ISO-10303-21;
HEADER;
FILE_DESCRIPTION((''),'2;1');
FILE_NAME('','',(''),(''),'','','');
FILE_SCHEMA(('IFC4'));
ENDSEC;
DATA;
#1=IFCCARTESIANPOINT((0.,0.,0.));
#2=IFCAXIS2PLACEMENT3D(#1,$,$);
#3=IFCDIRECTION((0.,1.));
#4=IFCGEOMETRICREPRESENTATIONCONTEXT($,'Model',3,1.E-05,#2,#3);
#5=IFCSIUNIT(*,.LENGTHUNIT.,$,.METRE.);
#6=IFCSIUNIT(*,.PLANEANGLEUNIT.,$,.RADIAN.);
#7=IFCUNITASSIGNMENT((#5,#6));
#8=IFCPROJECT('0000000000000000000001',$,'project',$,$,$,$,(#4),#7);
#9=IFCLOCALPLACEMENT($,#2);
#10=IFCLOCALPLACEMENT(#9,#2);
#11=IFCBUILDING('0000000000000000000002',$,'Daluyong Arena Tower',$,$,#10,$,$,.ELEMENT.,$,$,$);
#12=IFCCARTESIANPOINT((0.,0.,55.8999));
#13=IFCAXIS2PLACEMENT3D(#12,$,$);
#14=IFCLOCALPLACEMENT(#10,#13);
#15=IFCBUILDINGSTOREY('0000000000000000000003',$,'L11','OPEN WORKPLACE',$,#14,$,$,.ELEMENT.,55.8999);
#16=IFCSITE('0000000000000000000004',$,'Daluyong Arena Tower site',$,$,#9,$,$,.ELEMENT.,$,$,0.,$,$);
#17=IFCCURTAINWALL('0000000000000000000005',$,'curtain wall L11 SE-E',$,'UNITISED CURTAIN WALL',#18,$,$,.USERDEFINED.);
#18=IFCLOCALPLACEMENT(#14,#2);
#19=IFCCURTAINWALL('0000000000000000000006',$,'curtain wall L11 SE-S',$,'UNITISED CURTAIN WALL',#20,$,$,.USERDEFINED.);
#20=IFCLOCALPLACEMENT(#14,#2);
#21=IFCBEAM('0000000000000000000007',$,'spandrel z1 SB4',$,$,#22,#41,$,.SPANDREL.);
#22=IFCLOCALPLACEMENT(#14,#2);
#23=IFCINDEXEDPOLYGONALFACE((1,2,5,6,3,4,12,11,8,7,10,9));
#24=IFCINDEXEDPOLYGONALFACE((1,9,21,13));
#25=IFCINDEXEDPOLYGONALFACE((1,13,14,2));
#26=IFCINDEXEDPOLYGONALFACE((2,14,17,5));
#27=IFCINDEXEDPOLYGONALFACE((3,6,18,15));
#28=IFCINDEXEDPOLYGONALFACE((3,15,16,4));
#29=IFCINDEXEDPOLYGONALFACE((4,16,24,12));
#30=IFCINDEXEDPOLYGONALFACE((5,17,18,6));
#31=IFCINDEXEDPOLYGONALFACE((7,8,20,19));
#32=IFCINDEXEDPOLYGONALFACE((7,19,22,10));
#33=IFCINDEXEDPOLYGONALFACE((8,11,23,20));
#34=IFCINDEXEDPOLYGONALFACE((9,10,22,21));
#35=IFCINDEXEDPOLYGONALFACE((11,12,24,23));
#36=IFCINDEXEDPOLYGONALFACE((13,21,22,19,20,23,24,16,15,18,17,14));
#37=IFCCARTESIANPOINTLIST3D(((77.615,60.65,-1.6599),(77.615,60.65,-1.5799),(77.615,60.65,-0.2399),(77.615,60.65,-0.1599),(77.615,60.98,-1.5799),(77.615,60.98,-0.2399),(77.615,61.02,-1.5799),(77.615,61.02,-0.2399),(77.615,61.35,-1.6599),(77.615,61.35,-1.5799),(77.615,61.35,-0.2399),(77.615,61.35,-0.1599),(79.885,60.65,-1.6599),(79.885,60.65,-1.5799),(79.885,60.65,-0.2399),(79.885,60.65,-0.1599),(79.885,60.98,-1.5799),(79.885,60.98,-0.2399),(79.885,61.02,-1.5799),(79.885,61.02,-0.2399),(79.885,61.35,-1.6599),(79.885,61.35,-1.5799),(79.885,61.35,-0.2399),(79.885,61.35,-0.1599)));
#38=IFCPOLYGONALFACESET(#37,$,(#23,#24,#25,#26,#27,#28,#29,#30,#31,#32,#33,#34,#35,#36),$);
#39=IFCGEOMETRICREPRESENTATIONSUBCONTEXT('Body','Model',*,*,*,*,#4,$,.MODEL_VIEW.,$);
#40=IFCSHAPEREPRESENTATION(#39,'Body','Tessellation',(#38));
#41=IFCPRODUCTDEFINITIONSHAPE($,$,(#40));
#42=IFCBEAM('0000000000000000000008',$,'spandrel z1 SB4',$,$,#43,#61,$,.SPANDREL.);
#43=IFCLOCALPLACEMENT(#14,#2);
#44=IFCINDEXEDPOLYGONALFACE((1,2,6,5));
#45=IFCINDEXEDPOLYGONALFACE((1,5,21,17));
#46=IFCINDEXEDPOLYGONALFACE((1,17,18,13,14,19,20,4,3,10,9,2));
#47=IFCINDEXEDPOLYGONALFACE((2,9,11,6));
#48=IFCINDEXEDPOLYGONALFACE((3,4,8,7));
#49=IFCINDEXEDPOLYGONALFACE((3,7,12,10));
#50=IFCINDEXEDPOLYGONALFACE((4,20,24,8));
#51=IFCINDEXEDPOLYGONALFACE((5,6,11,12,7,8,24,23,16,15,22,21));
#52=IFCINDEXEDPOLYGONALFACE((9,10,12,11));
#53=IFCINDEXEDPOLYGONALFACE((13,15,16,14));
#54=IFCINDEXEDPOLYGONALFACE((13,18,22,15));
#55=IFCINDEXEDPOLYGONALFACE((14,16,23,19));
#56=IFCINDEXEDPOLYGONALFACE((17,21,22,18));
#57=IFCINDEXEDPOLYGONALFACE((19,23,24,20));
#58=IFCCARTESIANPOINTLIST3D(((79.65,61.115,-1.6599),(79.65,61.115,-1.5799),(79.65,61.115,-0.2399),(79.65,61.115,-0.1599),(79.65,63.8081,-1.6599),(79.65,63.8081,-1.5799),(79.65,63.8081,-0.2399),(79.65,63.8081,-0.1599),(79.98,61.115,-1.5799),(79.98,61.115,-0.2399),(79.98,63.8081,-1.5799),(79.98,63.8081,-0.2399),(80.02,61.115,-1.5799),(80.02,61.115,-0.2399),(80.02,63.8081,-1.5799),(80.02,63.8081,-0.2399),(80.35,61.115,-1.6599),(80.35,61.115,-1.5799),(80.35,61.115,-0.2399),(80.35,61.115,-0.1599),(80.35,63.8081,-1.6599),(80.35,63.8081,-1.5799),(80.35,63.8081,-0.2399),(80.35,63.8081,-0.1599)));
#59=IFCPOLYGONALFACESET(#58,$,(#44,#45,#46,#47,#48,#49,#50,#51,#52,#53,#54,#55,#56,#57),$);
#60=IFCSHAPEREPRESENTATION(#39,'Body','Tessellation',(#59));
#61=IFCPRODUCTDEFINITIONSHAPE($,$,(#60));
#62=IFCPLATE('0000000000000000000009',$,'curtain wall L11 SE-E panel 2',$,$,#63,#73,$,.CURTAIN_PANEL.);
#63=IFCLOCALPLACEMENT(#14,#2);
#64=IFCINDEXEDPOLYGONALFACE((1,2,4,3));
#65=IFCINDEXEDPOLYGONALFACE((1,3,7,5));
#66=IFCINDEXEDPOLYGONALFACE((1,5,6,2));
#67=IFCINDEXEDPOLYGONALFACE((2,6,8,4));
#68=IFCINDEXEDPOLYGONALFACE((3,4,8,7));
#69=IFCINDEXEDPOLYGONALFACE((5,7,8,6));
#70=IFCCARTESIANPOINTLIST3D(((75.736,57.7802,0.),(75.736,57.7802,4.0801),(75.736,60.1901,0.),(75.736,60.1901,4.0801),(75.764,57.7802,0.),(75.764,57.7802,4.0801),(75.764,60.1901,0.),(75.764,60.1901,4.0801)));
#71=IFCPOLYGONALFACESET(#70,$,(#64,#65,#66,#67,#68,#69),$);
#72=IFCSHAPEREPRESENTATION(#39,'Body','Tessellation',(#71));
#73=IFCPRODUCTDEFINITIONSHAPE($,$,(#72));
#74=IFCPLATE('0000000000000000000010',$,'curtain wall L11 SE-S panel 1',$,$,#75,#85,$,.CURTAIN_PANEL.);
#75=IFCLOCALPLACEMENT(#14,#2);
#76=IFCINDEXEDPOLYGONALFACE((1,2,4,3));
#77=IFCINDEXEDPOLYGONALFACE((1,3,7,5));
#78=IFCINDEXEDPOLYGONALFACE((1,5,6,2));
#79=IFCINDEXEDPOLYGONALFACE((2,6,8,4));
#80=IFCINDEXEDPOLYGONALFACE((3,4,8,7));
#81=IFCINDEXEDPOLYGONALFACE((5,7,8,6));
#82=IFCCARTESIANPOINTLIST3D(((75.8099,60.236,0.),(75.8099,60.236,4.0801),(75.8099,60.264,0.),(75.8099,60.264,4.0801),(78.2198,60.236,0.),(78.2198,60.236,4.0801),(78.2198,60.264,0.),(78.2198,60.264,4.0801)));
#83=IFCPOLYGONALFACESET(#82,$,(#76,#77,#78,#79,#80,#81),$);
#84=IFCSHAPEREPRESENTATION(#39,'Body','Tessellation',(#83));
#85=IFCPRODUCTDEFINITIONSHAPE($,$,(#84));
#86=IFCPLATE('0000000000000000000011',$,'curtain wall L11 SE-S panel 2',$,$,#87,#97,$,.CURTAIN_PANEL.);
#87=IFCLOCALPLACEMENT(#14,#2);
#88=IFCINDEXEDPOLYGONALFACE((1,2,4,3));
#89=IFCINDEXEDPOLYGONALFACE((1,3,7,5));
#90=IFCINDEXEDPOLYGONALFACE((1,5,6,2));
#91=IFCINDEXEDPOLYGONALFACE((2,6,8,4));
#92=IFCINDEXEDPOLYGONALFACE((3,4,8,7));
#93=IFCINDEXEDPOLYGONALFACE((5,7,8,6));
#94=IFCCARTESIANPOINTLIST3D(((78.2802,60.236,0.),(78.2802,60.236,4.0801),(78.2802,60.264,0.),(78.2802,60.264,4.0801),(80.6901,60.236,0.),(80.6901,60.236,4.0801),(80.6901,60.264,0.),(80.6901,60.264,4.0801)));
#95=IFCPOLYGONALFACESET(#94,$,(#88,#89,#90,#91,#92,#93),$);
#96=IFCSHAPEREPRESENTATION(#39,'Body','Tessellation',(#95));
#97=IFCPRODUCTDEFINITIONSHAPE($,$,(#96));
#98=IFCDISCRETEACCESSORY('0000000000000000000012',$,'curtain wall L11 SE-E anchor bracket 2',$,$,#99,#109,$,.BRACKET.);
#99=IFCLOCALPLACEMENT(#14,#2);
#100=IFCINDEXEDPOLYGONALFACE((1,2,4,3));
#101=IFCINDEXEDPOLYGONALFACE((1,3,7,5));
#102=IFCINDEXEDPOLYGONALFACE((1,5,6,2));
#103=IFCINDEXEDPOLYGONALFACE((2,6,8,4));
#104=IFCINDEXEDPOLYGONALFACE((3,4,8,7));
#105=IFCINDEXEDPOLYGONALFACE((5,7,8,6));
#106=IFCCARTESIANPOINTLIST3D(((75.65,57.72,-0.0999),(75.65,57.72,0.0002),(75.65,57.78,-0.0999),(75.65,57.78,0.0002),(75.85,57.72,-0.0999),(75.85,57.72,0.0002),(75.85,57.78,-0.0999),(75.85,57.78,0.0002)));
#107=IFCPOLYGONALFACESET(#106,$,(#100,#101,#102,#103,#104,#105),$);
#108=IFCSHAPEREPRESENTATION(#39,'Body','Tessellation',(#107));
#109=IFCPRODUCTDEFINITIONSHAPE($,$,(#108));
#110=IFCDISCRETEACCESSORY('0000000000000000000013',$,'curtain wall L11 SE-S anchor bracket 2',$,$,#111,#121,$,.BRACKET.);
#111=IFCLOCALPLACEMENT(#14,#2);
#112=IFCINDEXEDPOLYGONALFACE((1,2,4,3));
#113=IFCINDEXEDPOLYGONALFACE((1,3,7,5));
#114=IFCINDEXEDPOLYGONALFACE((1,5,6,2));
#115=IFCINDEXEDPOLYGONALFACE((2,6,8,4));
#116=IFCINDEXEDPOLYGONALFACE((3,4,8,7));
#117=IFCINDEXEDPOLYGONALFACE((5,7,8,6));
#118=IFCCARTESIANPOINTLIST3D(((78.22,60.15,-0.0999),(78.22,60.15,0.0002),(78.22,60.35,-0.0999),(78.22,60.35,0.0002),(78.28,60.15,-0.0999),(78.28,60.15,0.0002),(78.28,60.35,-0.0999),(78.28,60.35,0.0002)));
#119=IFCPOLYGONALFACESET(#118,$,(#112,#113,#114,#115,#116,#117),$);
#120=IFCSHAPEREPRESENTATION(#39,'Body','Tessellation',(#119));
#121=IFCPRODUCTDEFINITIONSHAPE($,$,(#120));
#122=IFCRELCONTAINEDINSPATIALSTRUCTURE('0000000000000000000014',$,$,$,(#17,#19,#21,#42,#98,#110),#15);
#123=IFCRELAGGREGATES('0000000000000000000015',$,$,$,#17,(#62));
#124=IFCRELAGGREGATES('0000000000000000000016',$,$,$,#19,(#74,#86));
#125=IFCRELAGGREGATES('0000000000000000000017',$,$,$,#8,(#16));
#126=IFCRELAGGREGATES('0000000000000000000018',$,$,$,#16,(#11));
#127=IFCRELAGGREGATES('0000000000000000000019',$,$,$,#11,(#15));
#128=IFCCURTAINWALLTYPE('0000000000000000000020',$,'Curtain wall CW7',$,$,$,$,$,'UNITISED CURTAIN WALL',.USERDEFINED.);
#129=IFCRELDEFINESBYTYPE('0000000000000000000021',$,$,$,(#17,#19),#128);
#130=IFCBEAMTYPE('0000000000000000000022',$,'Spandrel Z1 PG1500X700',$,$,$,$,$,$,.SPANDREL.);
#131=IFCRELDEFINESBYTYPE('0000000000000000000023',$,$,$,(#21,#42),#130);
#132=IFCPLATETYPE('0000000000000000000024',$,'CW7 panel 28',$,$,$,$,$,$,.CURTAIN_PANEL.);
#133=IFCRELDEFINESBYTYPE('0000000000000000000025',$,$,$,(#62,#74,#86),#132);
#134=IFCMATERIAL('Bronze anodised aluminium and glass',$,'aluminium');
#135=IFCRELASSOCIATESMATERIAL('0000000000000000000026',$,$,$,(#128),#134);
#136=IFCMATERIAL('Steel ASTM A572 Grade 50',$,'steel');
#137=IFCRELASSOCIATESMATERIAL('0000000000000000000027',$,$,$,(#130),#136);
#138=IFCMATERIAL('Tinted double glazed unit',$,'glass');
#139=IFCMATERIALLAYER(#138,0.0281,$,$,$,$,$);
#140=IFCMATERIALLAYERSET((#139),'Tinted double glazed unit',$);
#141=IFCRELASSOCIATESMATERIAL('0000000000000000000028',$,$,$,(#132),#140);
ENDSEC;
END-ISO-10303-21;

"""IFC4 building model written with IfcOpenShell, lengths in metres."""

from ifc_helpers import new_model, si_unit, direction, frame, origin, origin_2d, place, context, subcontext, project, spatial, rectangle, i_section, extrude, material, layer, layer_set, material_profile, profile_set, type_object, element, aggregate, save


model = new_model("IFC4")

# Units and contexts
model_context = context("Model", 3, precision=1e-05, world=origin(), true_north=direction((0.0, 1.0)))
body_context = subcontext(model_context, "Body", "Model", "MODEL_VIEW")
ifc_project = project(units=[si_unit("LENGTHUNIT", "METRE"), si_unit("PLANEANGLEUNIT", "RADIAN")], contexts=[model_context])

# Site, building, storey
site_placement = place(None, origin())
site = spatial("IfcSite", under=ifc_project, at=site_placement, Name="Daluyong Arena Tower site", CompositionType="ELEMENT", RefElevation=0.0)
building_placement = place(site_placement, origin())
building = spatial("IfcBuilding", under=site, at=building_placement, Name="Daluyong Arena Tower", CompositionType="ELEMENT")
storey_placement = place(building_placement, frame((0.0, 0.0, 55.8999)))
storey = spatial("IfcBuildingStorey", under=building, at=storey_placement, Name="L11", Description="OPEN WORKPLACE", CompositionType="ELEMENT", Elevation=55.8999)

# Curtain walls
ifc_material_1 = material(Name="Bronze anodised aluminium and glass", Category="aluminium")
curtain_wall_type_1 = type_object("IfcCurtainWallType", Name="Curtain wall CW7", ElementType="UNITISED CURTAIN WALL", PredefinedType="USERDEFINED", material=ifc_material_1)
curtain_wall_1_placement = place(storey_placement, origin())
curtain_wall_1 = element("IfcCurtainWall", 1, at=curtain_wall_1_placement, inside=storey, type_object=curtain_wall_type_1, Name="curtain wall L11 SE-E", ObjectType="UNITISED CURTAIN WALL", PredefinedType="USERDEFINED")
curtain_wall_2_placement = place(storey_placement, origin())
curtain_wall_2 = element("IfcCurtainWall", 2, at=curtain_wall_2_placement, inside=storey, type_object=curtain_wall_type_1, Name="curtain wall L11 SE-S", ObjectType="UNITISED CURTAIN WALL", PredefinedType="USERDEFINED")

# Beams
ifc_material_2 = material(Name="Steel ASTM A572 Grade 50", Category="steel")
ifc_material_profile_1 = material_profile(ifc_material_2, i_section(OverallWidth=0.7, OverallDepth=1.5, WebThickness=0.04, FlangeThickness=0.08, at=origin_2d()))
ifc_profile_set_1 = profile_set([ifc_material_profile_1], Name="Steel ASTM A572 Grade 50")
beam_type = type_object("IfcBeamType", Name="Spandrel Z1 PG1500X700", PredefinedType="SPANDREL", material=ifc_profile_set_1)
beam_1_placement = place(storey_placement, frame((77.615, 61.0, -0.9099), z_axis=(1.0, 0.0, 0.0), x_axis=(0.0, 1.0, 0.0)))
element("IfcBeam", 3, at=beam_1_placement, inside=storey, type_object=beam_type, Name="spandrel z1 SB4", PredefinedType="SPANDREL", context=body_context, shape_type="SweptSolid", body=[
    extrude(i_section(OverallWidth=0.7, OverallDepth=1.5, WebThickness=0.04, FlangeThickness=0.08, at=origin_2d()), origin(), (0.0, 0.0, 1.0), 2.27),
])
beam_2_placement = place(storey_placement, frame((80.0, 61.115, -0.9099), z_axis=(0.0, 1.0, 0.0), x_axis=(-1.0, 0.0, 0.0)))
element("IfcBeam", 4, at=beam_2_placement, inside=storey, type_object=beam_type, Name="spandrel z1 SB4", PredefinedType="SPANDREL", context=body_context, shape_type="SweptSolid", body=[
    extrude(i_section(OverallWidth=0.7, OverallDepth=1.5, WebThickness=0.04, FlangeThickness=0.08, at=origin_2d()), origin(), (0.0, 0.0, 1.0), 2.6931),
])

# Plates
ifc_material_3 = material(Name="Tinted double glazed unit", Category="glass")
ifc_layer = layer(ifc_material_3, 0.0281)
ifc_layer_set = layer_set([ifc_layer], Name="Tinted double glazed unit")
plate_type = type_object("IfcPlateType", Name="CW7 panel 28", PredefinedType="CURTAIN_PANEL", material=ifc_layer_set)
plate_1_placement = place(storey_placement, frame((75.75, 58.9851, 0.0), z_axis=(0.0, 0.0, 1.0), x_axis=(0.0, 1.0, 0.0)))
plate_1 = element("IfcPlate", 5, at=plate_1_placement, type_object=plate_type, Name="curtain wall L11 SE-E panel 2", PredefinedType="CURTAIN_PANEL", context=body_context, shape_type="SweptSolid", body=[
    extrude(rectangle(XDim=2.4099, YDim=0.0281, at=origin_2d()), origin(), (0.0, 0.0, 1.0), 4.0801),
])
aggregate(curtain_wall_1, [plate_1])
plate_2_placement = place(storey_placement, frame((77.0149, 60.25, 0.0), z_axis=(0.0, 0.0, 1.0), x_axis=(1.0, 0.0, 0.0)))
plate_2 = element("IfcPlate", 6, at=plate_2_placement, type_object=plate_type, Name="curtain wall L11 SE-S panel 1", PredefinedType="CURTAIN_PANEL", context=body_context, shape_type="SweptSolid", body=[
    extrude(rectangle(XDim=2.4099, YDim=0.0281, at=origin_2d()), origin(), (0.0, 0.0, 1.0), 4.0801),
])
plate_3_placement = place(storey_placement, frame((79.4851, 60.25, 0.0), z_axis=(0.0, 0.0, 1.0), x_axis=(1.0, 0.0, 0.0)))
plate_3 = element("IfcPlate", 7, at=plate_3_placement, type_object=plate_type, Name="curtain wall L11 SE-S panel 2", PredefinedType="CURTAIN_PANEL", context=body_context, shape_type="SweptSolid", body=[
    extrude(rectangle(XDim=2.4099, YDim=0.0281, at=origin_2d()), origin(), (0.0, 0.0, 1.0), 4.0801),
])
aggregate(curtain_wall_2, [plate_2, plate_3])

# Discrete accessories
for number, where, z_axis, x_axis, name in (
    (8, (75.75, 57.75, -0.0999), (0.0, 0.0, 1.0), (0.0, 1.0, 0.0), "curtain wall L11 SE-E anchor bracket 2"),
    (9, (78.25, 60.25, -0.0999), (0.0, 0.0, 1.0), (1.0, 0.0, 0.0), "curtain wall L11 SE-S anchor bracket 2"),
):
    element("IfcDiscreteAccessory", number, at=place(storey_placement, frame(where, z_axis=z_axis, x_axis=x_axis)), inside=storey, Name=name, PredefinedType="BRACKET", context=body_context, shape_type="SweptSolid", body=[
        extrude(rectangle(XDim=0.0601, YDim=0.2, at=origin_2d()), origin(), (0.0, 0.0, 1.0), 0.1001),
    ])

save(model, "model.ifc")
